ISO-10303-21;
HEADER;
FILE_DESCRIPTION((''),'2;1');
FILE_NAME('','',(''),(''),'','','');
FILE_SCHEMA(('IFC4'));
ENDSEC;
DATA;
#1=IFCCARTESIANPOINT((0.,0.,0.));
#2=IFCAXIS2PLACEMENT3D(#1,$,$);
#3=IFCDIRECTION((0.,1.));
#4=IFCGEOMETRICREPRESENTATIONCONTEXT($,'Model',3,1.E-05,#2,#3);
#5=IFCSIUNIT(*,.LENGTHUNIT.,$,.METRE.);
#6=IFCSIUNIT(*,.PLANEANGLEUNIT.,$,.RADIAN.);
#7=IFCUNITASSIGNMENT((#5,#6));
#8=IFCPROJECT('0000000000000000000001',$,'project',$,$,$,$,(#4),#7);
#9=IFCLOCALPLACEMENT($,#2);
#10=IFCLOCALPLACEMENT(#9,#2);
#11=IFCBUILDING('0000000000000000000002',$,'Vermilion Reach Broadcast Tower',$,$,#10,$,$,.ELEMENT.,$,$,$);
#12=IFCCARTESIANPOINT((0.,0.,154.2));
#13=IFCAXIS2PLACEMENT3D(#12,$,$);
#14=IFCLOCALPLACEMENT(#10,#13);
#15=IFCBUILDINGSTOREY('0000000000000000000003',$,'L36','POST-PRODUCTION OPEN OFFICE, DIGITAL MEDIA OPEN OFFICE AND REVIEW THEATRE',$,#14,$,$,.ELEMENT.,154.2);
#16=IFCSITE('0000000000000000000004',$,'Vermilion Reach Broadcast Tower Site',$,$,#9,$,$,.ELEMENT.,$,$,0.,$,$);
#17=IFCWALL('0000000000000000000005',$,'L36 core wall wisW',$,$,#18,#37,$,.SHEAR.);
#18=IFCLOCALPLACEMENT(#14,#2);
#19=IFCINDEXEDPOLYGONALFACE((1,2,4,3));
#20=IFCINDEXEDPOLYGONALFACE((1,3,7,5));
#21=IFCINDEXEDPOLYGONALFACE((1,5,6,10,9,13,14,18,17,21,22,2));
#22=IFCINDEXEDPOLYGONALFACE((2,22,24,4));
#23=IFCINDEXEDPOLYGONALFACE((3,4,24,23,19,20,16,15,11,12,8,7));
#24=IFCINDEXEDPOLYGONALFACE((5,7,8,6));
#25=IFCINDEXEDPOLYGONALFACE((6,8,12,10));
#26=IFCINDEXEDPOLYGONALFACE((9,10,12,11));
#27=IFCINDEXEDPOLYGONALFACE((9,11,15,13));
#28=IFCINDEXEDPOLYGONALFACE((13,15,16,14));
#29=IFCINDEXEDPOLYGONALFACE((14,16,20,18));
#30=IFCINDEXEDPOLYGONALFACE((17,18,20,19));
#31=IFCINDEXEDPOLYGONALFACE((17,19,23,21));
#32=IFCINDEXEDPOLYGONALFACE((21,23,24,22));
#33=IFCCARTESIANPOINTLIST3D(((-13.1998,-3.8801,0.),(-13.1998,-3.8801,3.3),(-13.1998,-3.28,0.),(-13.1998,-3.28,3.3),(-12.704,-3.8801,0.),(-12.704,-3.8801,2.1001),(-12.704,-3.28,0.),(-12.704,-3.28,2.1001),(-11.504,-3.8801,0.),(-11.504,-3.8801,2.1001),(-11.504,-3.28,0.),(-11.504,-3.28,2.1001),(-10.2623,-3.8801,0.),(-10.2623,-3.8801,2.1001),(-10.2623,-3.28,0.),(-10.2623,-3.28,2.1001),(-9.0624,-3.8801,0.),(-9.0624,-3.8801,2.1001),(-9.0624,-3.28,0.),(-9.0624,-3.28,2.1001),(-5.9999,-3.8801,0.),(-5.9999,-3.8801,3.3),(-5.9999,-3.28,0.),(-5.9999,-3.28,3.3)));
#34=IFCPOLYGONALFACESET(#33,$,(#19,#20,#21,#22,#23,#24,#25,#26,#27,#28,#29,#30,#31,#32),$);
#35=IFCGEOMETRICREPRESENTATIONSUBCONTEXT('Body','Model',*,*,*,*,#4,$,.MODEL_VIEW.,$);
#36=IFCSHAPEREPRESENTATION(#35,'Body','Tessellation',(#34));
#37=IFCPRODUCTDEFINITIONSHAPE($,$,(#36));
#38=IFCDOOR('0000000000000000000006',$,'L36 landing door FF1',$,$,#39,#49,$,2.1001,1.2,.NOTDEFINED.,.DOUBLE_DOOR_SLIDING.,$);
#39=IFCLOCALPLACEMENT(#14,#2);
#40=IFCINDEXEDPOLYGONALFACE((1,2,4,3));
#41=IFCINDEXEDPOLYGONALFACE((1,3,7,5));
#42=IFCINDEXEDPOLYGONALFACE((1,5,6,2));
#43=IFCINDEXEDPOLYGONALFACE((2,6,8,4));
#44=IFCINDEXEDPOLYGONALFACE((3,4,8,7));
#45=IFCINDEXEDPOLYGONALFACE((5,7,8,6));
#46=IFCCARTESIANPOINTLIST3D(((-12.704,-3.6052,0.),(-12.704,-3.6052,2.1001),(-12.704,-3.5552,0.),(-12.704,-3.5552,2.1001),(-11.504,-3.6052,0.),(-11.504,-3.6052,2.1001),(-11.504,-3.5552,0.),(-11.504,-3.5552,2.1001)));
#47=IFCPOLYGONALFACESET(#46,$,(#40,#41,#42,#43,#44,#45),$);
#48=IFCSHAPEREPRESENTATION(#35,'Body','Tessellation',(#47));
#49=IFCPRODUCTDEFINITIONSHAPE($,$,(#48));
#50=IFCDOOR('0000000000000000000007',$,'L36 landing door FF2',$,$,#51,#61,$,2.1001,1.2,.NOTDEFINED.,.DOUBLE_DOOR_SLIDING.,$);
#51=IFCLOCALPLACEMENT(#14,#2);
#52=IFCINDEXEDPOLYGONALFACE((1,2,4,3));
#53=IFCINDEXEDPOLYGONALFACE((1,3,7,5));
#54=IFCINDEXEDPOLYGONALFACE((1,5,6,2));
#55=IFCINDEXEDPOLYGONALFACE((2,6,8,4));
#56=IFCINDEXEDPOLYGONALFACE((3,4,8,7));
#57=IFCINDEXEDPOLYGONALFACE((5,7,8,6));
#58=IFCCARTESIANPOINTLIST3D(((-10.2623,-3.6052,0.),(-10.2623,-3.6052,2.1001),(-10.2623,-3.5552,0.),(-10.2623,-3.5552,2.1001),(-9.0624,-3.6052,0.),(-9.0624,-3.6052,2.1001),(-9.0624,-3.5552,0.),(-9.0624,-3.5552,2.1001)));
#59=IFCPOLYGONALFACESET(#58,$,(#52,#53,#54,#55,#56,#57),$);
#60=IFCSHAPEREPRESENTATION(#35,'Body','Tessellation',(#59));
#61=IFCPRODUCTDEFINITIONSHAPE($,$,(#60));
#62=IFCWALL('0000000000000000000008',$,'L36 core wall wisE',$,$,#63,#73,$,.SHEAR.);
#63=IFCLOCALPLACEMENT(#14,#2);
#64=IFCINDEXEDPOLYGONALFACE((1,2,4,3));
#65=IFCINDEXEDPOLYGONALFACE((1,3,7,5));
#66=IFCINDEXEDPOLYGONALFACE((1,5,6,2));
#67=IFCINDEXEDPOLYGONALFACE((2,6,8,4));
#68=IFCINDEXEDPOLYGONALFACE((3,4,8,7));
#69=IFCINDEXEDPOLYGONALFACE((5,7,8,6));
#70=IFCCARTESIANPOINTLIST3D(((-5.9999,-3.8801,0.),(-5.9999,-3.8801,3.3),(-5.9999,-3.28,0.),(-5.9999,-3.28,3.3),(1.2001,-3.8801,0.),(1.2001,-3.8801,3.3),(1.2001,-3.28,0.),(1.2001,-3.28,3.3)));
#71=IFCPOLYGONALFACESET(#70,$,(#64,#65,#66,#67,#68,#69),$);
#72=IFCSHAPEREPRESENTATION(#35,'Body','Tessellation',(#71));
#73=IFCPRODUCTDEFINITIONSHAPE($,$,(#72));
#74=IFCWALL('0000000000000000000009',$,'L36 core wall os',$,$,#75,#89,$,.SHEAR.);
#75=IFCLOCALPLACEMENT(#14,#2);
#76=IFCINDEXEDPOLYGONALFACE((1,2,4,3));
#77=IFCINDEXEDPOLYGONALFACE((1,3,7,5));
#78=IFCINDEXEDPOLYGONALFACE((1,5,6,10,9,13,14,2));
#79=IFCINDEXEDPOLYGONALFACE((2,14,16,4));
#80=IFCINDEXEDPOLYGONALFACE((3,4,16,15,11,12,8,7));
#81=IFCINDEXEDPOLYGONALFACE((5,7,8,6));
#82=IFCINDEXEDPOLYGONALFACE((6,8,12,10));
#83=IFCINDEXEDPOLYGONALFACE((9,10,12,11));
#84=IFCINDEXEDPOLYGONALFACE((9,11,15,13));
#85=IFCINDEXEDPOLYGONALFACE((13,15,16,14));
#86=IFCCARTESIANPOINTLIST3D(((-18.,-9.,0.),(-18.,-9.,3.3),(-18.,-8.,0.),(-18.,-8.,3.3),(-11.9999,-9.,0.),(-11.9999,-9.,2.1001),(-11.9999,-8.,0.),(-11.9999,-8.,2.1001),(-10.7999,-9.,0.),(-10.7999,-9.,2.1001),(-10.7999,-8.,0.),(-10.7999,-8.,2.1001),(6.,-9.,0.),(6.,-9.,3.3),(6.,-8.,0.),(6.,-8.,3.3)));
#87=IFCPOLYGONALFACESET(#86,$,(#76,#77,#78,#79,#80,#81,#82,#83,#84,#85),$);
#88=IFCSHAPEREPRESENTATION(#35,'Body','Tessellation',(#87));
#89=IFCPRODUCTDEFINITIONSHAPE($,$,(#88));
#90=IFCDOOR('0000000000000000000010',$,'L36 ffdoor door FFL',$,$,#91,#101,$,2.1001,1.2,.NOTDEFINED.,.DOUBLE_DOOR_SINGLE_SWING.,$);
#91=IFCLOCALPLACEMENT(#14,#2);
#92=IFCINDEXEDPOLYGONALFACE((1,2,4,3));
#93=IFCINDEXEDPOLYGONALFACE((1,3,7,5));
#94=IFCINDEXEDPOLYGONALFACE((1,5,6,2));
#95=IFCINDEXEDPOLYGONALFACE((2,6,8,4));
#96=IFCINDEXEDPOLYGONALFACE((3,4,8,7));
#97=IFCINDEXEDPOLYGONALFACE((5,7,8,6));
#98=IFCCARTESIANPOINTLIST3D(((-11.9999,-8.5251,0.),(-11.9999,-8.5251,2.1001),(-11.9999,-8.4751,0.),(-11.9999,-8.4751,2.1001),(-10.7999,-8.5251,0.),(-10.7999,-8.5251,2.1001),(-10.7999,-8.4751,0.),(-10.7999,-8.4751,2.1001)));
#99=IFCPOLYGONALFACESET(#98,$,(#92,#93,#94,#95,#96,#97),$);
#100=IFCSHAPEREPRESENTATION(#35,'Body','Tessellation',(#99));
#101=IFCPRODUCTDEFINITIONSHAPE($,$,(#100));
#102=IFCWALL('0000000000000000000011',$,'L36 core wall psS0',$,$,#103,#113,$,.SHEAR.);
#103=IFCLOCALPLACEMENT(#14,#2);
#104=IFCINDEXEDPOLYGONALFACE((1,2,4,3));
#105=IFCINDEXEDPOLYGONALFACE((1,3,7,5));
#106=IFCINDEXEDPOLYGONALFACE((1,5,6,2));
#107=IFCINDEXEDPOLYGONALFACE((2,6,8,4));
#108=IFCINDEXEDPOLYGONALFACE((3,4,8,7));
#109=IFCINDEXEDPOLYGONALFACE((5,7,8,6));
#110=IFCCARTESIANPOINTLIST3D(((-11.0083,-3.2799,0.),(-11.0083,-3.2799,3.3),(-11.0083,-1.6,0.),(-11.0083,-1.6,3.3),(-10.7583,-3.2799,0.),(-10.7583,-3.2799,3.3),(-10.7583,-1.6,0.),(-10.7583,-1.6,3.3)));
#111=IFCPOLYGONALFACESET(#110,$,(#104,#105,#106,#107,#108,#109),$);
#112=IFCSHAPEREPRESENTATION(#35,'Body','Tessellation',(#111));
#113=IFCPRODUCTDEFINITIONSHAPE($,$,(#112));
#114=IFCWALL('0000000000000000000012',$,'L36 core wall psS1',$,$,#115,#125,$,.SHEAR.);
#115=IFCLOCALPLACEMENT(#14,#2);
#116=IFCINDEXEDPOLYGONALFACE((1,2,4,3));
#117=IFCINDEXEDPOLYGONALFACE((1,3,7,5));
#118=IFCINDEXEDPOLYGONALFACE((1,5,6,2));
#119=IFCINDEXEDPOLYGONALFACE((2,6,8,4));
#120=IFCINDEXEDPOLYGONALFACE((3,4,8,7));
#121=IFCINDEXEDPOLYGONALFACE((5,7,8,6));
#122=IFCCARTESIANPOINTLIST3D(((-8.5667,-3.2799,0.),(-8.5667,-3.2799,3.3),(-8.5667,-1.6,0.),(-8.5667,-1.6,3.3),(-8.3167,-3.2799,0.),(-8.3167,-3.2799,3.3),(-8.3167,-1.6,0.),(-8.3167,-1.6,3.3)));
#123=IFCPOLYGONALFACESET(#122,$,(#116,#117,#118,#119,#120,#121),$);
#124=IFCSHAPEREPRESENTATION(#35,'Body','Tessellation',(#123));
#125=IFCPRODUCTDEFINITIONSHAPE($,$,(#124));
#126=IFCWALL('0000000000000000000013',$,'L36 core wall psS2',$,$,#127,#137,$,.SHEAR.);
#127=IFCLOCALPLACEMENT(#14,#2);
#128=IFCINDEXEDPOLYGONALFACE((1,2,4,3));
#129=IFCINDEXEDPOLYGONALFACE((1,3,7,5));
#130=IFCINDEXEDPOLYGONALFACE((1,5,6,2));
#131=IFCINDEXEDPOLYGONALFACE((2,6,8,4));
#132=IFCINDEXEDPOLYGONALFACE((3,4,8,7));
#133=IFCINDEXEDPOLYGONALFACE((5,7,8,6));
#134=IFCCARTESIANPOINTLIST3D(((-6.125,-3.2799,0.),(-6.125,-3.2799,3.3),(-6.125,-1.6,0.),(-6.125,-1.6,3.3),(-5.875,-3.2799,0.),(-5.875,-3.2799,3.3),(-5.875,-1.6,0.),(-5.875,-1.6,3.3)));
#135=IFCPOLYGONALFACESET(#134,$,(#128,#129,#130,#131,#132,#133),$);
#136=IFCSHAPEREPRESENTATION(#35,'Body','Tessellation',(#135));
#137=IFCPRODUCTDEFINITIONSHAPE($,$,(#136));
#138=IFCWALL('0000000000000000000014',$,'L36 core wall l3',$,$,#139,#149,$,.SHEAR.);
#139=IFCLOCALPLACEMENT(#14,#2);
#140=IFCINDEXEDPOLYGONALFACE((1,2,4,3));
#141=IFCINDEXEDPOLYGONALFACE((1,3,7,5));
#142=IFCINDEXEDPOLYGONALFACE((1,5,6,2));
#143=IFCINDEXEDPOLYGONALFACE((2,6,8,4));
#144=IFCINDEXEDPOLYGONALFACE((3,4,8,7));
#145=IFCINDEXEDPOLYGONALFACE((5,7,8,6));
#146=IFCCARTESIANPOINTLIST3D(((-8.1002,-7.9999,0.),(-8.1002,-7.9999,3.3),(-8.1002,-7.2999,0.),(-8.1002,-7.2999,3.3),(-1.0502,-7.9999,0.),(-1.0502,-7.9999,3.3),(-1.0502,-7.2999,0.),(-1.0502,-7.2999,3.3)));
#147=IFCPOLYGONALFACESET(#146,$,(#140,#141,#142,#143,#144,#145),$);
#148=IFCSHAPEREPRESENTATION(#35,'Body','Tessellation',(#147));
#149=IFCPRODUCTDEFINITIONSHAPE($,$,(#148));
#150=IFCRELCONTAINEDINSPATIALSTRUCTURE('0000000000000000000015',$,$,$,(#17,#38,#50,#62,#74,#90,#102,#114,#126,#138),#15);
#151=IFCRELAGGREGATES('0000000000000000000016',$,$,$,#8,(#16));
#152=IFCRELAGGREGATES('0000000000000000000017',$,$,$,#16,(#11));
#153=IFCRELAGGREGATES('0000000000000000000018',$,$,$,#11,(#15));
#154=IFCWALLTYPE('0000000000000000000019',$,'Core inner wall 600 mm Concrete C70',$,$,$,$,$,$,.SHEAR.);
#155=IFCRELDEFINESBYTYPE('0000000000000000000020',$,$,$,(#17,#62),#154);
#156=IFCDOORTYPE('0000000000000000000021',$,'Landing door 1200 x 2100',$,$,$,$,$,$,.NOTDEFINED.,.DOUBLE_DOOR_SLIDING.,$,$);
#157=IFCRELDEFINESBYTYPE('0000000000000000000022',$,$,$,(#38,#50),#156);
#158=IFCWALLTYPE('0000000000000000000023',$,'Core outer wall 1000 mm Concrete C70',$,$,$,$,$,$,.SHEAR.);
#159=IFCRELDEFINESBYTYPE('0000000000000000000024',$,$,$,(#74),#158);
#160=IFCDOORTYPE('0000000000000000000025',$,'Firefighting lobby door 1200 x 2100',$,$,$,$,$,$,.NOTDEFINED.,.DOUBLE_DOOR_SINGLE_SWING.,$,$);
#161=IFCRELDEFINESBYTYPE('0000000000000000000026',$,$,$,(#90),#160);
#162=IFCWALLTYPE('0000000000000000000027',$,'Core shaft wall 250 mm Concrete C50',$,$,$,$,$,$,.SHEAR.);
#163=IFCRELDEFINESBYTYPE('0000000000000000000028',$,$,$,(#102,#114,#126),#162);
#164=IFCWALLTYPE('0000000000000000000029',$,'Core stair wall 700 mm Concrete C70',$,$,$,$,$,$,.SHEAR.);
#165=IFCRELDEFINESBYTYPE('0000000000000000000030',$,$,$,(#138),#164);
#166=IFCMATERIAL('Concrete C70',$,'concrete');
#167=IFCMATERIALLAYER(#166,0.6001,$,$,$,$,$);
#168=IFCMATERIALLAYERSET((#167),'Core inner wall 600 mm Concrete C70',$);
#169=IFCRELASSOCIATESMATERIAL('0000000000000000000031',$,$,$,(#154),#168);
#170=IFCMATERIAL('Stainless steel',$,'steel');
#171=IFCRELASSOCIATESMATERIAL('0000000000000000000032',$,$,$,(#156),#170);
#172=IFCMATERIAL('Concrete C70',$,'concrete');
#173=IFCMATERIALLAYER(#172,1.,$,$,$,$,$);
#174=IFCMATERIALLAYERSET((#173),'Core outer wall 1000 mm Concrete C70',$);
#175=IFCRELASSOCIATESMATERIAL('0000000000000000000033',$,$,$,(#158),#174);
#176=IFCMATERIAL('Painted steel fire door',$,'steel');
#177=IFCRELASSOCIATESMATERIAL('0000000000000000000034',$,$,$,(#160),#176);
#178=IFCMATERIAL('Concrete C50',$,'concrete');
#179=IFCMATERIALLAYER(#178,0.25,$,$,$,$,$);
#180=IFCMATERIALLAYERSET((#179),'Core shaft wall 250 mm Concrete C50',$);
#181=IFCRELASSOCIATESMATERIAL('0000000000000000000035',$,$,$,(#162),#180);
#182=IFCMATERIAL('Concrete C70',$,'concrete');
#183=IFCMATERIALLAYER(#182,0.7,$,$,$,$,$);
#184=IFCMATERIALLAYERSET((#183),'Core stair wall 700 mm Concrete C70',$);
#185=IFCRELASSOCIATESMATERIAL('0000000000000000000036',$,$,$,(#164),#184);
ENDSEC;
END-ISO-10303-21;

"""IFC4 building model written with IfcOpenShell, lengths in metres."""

from ifc_helpers import new_model, si_unit, direction, frame, frame_2d, origin, place, context, subcontext, project, spatial, rectangle, extrude, material, layer, layer_set, type_object, element, fill, save


model = new_model("IFC4")

# Units and contexts
model_context = context("Model", 3, precision=1e-05, world=origin(), true_north=direction((0.0, 1.0)))
body_context = subcontext(model_context, "Body", "Model", "MODEL_VIEW")
ifc_project = project(units=[si_unit("LENGTHUNIT", "METRE"), si_unit("PLANEANGLEUNIT", "RADIAN")], contexts=[model_context])

# Site, building, storey
site_placement = place(None, origin())
site = spatial("IfcSite", under=ifc_project, at=site_placement, Name="Vermilion Reach Broadcast Tower Site", CompositionType="ELEMENT", RefElevation=0.0)
building_placement = place(site_placement, origin())
building = spatial("IfcBuilding", under=site, at=building_placement, Name="Vermilion Reach Broadcast Tower", CompositionType="ELEMENT")
storey_placement = place(building_placement, frame((0.0, 0.0, 154.2)))
storey = spatial("IfcBuildingStorey", under=building, at=storey_placement, Name="L36", Description="POST-PRODUCTION OPEN OFFICE, DIGITAL MEDIA OPEN OFFICE AND REVIEW THEATRE", CompositionType="ELEMENT", Elevation=154.2)

# Wall, openings, doors
ifc_material_1 = material(Name="Concrete C70", Category="concrete")
ifc_layer_1 = layer(ifc_material_1, 0.6001)
ifc_layer_set_1 = layer_set([ifc_layer_1], Name="Core inner wall 600 mm Concrete C70")
wall_type_1 = type_object("IfcWallType", Name="Core inner wall 600 mm Concrete C70", PredefinedType="SHEAR", material=ifc_layer_set_1)
wall_1_placement = place(storey_placement, frame((-13.2, -3.5801, 0.0), z_axis=(0.0, 0.0, 1.0), x_axis=(1.0, 0.0, 0.0)))
wall_1 = element("IfcWall", 1, at=wall_1_placement, inside=storey, type_object=wall_type_1, Name="L36 core wall wisW", PredefinedType="SHEAR", context=body_context, shape_type="SweptSolid", body=[
    extrude(rectangle(XDim=7.2, YDim=0.6001, at=frame_2d((3.6001, 0.0))), origin(), (0.0, 0.0, 1.0), 3.3),
])
opening_1_placement = place(wall_1_placement, frame((0.4958, 0.0, 0.0)))
opening_1 = element("IfcOpeningElement", 2, at=opening_1_placement, cuts=wall_1, PredefinedType="OPENING", context=body_context, shape_type="SweptSolid", body=[
    extrude(rectangle(XDim=1.2, YDim=2.1001, at=frame_2d((0.6001, 1.05))), frame((0.0, 0.3101, 0.0), z_axis=(0.0, -1.0, 0.0), x_axis=(1.0, 0.0, 0.0)), (0.0, 0.0, 1.0), 0.6201),
])
opening_2_placement = place(wall_1_placement, frame((2.9375, 0.0, 0.0)))
opening_2 = element("IfcOpeningElement", 3, at=opening_2_placement, cuts=wall_1, PredefinedType="OPENING", context=body_context, shape_type="SweptSolid", body=[
    extrude(rectangle(XDim=1.2, YDim=2.1001, at=frame_2d((0.6001, 1.05))), frame((0.0, 0.3101, 0.0), z_axis=(0.0, -1.0, 0.0), x_axis=(1.0, 0.0, 0.0)), (0.0, 0.0, 1.0), 0.6201),
])
ifc_material_2 = material(Name="Stainless steel", Category="steel")
door_type_1 = type_object("IfcDoorType", Name="Landing door 1200 x 2100", OperationType="DOUBLE_DOOR_SLIDING", PredefinedType="NOTDEFINED", material=ifc_material_2)
door_1_placement = place(opening_1_placement, origin())
door_1 = element("IfcDoor", 4, at=door_1_placement, inside=storey, type_object=door_type_1, Name="L36 landing door FF1", OperationType="DOUBLE_DOOR_SLIDING", OverallHeight=2.1001, OverallWidth=1.2, PredefinedType="NOTDEFINED", context=body_context, shape_type="SweptSolid", body=[
    extrude(rectangle(XDim=1.2, YDim=2.1001, at=frame_2d((0.6001, 1.05))), frame((0.0, 0.0249, 0.0), z_axis=(0.0, -1.0, 0.0), x_axis=(1.0, 0.0, 0.0)), (0.0, 0.0, 1.0), 0.05),
])
fill(opening_1, door_1)
door_2_placement = place(opening_2_placement, origin())
door_2 = element("IfcDoor", 5, at=door_2_placement, inside=storey, type_object=door_type_1, Name="L36 landing door FF2", OperationType="DOUBLE_DOOR_SLIDING", OverallHeight=2.1001, OverallWidth=1.2, PredefinedType="NOTDEFINED", context=body_context, shape_type="SweptSolid", body=[
    extrude(rectangle(XDim=1.2, YDim=2.1001, at=frame_2d((0.6001, 1.05))), frame((0.0, 0.0249, 0.0), z_axis=(0.0, -1.0, 0.0), x_axis=(1.0, 0.0, 0.0)), (0.0, 0.0, 1.0), 0.05),
])
fill(opening_2, door_2)

# Wall
wall_2_placement = place(storey_placement, frame((-6.0, -3.5801, 0.0), z_axis=(0.0, 0.0, 1.0), x_axis=(1.0, 0.0, 0.0)))
element("IfcWall", 6, at=wall_2_placement, inside=storey, type_object=wall_type_1, Name="L36 core wall wisE", PredefinedType="SHEAR", context=body_context, shape_type="SweptSolid", body=[
    extrude(rectangle(XDim=7.2, YDim=0.6001, at=frame_2d((3.6001, 0.0))), origin(), (0.0, 0.0, 1.0), 3.3),
])

# Wall, opening, door
ifc_material_3 = material(Name="Concrete C70", Category="concrete")
ifc_layer_2 = layer(ifc_material_3, 1.0)
ifc_layer_set_2 = layer_set([ifc_layer_2], Name="Core outer wall 1000 mm Concrete C70")
wall_type_2 = type_object("IfcWallType", Name="Core outer wall 1000 mm Concrete C70", PredefinedType="SHEAR", material=ifc_layer_set_2)
wall_3_placement = place(storey_placement, frame((-18.0, -8.5, 0.0), z_axis=(0.0, 0.0, 1.0), x_axis=(1.0, 0.0, 0.0)))
wall_3 = element("IfcWall", 7, at=wall_3_placement, inside=storey, type_object=wall_type_2, Name="L36 core wall os", PredefinedType="SHEAR", context=body_context, shape_type="SweptSolid", body=[
    extrude(rectangle(XDim=24.0, YDim=1.0, at=frame_2d((12.0, 0.0))), origin(), (0.0, 0.0, 1.0), 3.3),
])
opening_3_placement = place(wall_3_placement, frame((6.0, 0.0, 0.0)))
opening_3 = element("IfcOpeningElement", 8, at=opening_3_placement, cuts=wall_3, PredefinedType="OPENING", context=body_context, shape_type="SweptSolid", body=[
    extrude(rectangle(XDim=1.2, YDim=2.1001, at=frame_2d((0.6001, 1.05))), frame((0.0, 0.51, 0.0), z_axis=(0.0, -1.0, 0.0), x_axis=(1.0, 0.0, 0.0)), (0.0, 0.0, 1.0), 1.02),
])
ifc_material_4 = material(Name="Painted steel fire door", Category="steel")
door_type_2 = type_object("IfcDoorType", Name="Firefighting lobby door 1200 x 2100", OperationType="DOUBLE_DOOR_SINGLE_SWING", PredefinedType="NOTDEFINED", material=ifc_material_4)
door_3_placement = place(opening_3_placement, origin())
door_3 = element("IfcDoor", 9, at=door_3_placement, inside=storey, type_object=door_type_2, Name="L36 ffdoor door FFL", OperationType="DOUBLE_DOOR_SINGLE_SWING", OverallHeight=2.1001, OverallWidth=1.2, PredefinedType="NOTDEFINED", context=body_context, shape_type="SweptSolid", body=[
    extrude(rectangle(XDim=1.2, YDim=2.1001, at=frame_2d((0.6001, 1.05))), frame((0.0, 0.0249, 0.0), z_axis=(0.0, -1.0, 0.0), x_axis=(1.0, 0.0, 0.0)), (0.0, 0.0, 1.0), 0.05),
])
fill(opening_3, door_3)

# Walls
ifc_material_5 = material(Name="Concrete C50", Category="concrete")
ifc_layer_3 = layer(ifc_material_5, 0.25)
ifc_layer_set_3 = layer_set([ifc_layer_3], Name="Core shaft wall 250 mm Concrete C50")
wall_type_3 = type_object("IfcWallType", Name="Core shaft wall 250 mm Concrete C50", PredefinedType="SHEAR", material=ifc_layer_set_3)
for number, where, z_axis, x_axis, name in (
    (10, (-10.8833, -1.6001, 0.0), (0.0, 0.0, 1.0), (0.0, -1.0, 0.0), "L36 core wall psS0"),
    (11, (-8.4417, -1.6001, 0.0), (0.0, 0.0, 1.0), (0.0, -1.0, 0.0), "L36 core wall psS1"),
    (12, (-6.0, -1.6001, 0.0), (0.0, 0.0, 1.0), (0.0, -1.0, 0.0), "L36 core wall psS2"),
):
    element("IfcWall", number, at=place(storey_placement, frame(where, z_axis=z_axis, x_axis=x_axis)), inside=storey, type_object=wall_type_3, Name=name, PredefinedType="SHEAR", context=body_context, shape_type="SweptSolid", body=[
        extrude(rectangle(XDim=1.6799, YDim=0.25, at=frame_2d((0.8398, 0.0))), origin(), (0.0, 0.0, 1.0), 3.3),
    ])
ifc_material_6 = material(Name="Concrete C70", Category="concrete")
ifc_layer_4 = layer(ifc_material_6, 0.7)
ifc_layer_set_4 = layer_set([ifc_layer_4], Name="Core stair wall 700 mm Concrete C70")
wall_type_4 = type_object("IfcWallType", Name="Core stair wall 700 mm Concrete C70", PredefinedType="SHEAR", material=ifc_layer_set_4)
wall_4_placement = place(storey_placement, frame((-8.1001, -7.6499, 0.0), z_axis=(0.0, 0.0, 1.0), x_axis=(1.0, 0.0, 0.0)))
element("IfcWall", 13, at=wall_4_placement, inside=storey, type_object=wall_type_4, Name="L36 core wall l3", PredefinedType="SHEAR", context=body_context, shape_type="SweptSolid", body=[
    extrude(rectangle(XDim=7.05, YDim=0.7, at=frame_2d((3.5249, 0.0))), origin(), (0.0, 0.0, 1.0), 3.3),
])

save(model, "model.ifc")
